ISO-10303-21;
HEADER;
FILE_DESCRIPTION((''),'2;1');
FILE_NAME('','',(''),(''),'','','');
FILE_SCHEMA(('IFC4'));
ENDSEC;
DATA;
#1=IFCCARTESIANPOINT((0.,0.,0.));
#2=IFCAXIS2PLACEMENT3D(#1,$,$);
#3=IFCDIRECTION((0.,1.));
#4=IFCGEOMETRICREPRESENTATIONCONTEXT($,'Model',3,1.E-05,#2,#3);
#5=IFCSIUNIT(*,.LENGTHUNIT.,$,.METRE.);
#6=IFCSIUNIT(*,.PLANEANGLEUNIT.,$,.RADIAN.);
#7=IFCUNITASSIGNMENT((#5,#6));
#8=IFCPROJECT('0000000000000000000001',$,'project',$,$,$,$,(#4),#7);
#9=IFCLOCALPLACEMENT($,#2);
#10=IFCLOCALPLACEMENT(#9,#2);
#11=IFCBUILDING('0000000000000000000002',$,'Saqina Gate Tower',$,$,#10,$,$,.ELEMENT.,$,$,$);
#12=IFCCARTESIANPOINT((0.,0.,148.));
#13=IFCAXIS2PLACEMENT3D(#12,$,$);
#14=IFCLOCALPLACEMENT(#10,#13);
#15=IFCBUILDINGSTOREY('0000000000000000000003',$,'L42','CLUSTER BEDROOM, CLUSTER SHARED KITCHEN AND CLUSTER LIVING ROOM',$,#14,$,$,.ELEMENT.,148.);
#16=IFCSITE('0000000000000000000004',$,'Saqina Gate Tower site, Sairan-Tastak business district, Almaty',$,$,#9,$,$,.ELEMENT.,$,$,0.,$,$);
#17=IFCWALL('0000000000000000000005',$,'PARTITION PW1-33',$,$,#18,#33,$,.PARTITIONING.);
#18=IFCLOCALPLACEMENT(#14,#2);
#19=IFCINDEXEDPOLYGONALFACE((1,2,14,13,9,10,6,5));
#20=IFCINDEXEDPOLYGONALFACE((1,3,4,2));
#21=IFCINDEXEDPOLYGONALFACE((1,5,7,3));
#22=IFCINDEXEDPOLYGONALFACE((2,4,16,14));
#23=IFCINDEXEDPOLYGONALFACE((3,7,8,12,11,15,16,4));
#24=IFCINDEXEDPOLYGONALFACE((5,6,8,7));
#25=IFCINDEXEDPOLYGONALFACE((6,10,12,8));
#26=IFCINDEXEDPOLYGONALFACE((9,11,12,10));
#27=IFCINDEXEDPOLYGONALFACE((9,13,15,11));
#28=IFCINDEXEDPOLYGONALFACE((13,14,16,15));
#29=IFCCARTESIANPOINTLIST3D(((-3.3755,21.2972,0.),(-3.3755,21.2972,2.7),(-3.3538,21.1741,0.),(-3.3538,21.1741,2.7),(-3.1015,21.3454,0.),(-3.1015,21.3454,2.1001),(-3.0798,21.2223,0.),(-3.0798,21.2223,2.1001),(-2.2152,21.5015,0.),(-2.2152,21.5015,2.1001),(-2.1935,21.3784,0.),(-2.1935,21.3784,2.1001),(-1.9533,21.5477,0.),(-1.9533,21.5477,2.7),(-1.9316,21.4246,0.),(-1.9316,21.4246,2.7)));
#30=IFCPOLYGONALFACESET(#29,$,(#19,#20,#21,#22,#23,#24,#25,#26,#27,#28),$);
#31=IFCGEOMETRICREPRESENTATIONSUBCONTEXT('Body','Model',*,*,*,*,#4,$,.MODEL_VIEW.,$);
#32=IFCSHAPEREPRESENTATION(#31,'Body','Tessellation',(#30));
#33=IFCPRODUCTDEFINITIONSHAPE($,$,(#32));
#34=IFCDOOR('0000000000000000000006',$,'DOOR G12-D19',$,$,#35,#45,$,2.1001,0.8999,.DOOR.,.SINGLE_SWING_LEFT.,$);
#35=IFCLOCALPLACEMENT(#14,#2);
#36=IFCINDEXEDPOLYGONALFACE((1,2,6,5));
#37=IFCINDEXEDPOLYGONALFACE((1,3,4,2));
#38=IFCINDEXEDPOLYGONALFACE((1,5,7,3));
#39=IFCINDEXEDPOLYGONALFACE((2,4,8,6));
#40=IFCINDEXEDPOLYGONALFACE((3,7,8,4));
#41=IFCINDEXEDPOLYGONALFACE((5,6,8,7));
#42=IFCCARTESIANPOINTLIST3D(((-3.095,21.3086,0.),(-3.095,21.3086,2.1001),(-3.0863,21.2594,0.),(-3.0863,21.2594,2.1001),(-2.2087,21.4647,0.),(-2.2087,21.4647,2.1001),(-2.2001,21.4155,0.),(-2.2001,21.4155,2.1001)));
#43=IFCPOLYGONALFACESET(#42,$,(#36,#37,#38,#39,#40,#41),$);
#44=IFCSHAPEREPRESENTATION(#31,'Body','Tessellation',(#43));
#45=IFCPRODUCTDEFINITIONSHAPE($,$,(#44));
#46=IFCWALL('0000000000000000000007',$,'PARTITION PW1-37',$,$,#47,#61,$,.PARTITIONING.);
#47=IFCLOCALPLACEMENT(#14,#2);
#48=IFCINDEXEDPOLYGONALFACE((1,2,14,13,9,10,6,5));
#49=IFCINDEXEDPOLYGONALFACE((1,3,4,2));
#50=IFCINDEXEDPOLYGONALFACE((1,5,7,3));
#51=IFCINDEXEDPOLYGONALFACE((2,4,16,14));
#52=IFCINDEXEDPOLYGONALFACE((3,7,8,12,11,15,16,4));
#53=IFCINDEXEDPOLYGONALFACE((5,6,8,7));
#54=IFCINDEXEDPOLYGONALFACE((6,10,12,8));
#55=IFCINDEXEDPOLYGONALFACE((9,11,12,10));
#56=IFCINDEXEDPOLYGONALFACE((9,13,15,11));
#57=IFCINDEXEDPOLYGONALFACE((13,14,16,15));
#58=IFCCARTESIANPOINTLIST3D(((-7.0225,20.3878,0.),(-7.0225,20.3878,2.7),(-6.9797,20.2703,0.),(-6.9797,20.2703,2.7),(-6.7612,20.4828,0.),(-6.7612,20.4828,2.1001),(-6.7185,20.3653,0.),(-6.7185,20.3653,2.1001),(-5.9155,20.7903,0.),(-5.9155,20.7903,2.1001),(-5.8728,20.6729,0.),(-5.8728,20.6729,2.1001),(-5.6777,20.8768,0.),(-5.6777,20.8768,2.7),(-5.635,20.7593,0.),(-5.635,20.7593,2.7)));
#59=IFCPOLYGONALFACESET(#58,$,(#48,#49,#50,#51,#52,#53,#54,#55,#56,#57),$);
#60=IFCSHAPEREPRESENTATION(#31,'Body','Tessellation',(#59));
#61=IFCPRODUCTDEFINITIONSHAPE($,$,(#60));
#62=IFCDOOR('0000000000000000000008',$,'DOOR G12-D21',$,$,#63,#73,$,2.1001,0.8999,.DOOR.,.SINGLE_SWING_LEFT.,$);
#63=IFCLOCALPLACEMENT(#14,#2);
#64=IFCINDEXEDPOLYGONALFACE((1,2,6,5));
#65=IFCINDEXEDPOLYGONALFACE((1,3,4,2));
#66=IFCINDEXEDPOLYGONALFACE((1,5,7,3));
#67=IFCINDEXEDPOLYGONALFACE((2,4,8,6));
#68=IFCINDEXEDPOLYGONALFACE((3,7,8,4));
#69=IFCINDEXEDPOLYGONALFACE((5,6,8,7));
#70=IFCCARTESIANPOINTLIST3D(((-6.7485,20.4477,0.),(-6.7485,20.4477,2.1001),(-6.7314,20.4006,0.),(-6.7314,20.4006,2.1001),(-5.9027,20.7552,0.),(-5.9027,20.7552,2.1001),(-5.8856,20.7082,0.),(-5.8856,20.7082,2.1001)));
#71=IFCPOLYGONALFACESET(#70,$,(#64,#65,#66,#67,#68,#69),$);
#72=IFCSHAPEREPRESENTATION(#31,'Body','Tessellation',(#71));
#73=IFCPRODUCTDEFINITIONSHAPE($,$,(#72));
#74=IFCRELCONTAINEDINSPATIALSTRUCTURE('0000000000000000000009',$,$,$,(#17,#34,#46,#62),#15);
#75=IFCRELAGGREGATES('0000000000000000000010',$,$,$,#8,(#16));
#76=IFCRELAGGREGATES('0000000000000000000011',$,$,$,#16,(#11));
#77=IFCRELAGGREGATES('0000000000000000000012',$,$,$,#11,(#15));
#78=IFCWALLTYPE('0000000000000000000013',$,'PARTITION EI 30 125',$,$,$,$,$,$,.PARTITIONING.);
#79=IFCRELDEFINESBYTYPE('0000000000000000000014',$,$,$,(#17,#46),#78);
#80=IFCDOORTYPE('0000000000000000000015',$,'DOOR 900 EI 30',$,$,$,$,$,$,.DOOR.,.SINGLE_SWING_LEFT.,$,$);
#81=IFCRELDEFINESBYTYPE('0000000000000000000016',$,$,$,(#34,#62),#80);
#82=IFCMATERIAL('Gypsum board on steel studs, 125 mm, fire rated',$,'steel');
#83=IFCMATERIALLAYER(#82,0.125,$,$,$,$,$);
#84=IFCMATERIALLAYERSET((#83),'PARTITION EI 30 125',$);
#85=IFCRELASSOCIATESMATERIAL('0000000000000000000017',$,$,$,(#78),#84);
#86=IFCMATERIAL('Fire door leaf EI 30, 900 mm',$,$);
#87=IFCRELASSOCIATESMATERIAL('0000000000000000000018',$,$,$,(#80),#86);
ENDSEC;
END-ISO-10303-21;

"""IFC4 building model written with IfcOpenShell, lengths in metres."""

from ifc_helpers import new_model, si_unit, direction, frame, frame_2d, origin, place, context, subcontext, project, spatial, rectangle, extrude, material, layer, layer_set, type_object, element, fill, save


model = new_model("IFC4")

# Units and contexts
model_context = context("Model", 3, precision=1e-05, world=origin(), true_north=direction((0.0, 1.0)))
body_context = subcontext(model_context, "Body", "Model", "MODEL_VIEW")
ifc_project = project(units=[si_unit("LENGTHUNIT", "METRE"), si_unit("PLANEANGLEUNIT", "RADIAN")], contexts=[model_context])

# Site, building, storey
site_placement = place(None, origin())
site = spatial("IfcSite", under=ifc_project, at=site_placement, Name="Saqina Gate Tower site, Sairan-Tastak business district, Almaty", CompositionType="ELEMENT", RefElevation=0.0)
building_placement = place(site_placement, origin())
building = spatial("IfcBuilding", under=site, at=building_placement, Name="Saqina Gate Tower", CompositionType="ELEMENT")
storey_placement = place(building_placement, frame((0.0, 0.0, 148.0)))
storey = spatial("IfcBuildingStorey", under=building, at=storey_placement, Name="L42", Description="CLUSTER BEDROOM, CLUSTER SHARED KITCHEN AND CLUSTER LIVING ROOM", CompositionType="ELEMENT", Elevation=148.0)

# Shared definitions
ifc_material_1 = material(Name="Gypsum board on steel studs, 125 mm, fire rated", Category="steel")
ifc_layer_1 = layer(ifc_material_1, 0.125)
ifc_layer_set_1 = layer_set([ifc_layer_1], Name="PARTITION EI 30 125")
wall_type_1 = type_object("IfcWallType", Name="PARTITION EI 30 125", PredefinedType="PARTITIONING", material=ifc_layer_set_1)

# Walls, openings, doors
ifc_material_2 = material(Name="Fire door leaf EI 30, 900 mm")
door_type_1 = type_object("IfcDoorType", Name="DOOR 900 EI 30", OperationType="SINGLE_SWING_LEFT", PredefinedType="DOOR", material=ifc_material_2)
wall_1_placement = place(storey_placement, frame((-3.3647, 21.2356, 0.0), z_axis=(0.0, 0.0, 1.0), x_axis=(0.98484, 0.173467, 0.0)))
wall_1 = element("IfcWall", 1, at=wall_1_placement, inside=storey, type_object=wall_type_1, Name="PARTITION PW1-33", PredefinedType="PARTITIONING", context=body_context, shape_type="SweptSolid", body=[
    extrude(rectangle(XDim=1.4441, YDim=0.125, at=frame_2d((0.7222, 0.0))), origin(), (0.0, 0.0, 1.0), 2.7),
])
opening_1_placement = place(wall_1_placement, frame((0.2783, 0.0, 0.0)))
opening_1 = element("IfcOpeningElement", 2, at=opening_1_placement, cuts=wall_1, PredefinedType="OPENING", context=body_context, shape_type="SweptSolid", body=[
    extrude(rectangle(XDim=0.8999, YDim=2.1001, at=frame_2d((0.45, 1.05))), frame((0.0, 0.0745, 0.0), z_axis=(0.0, -1.0, 0.0), x_axis=(1.0, 0.0, 0.0)), (0.0, 0.0, 1.0), 0.1489),
])
door_1_placement = place(opening_1_placement, frame((0.8999, 0.0, 0.0), z_axis=(0.0, 0.0, 1.0), x_axis=(-1.0, 0.0, 0.0)))
door_1 = element("IfcDoor", 3, at=door_1_placement, inside=storey, type_object=door_type_1, Name="DOOR G12-D19", OperationType="SINGLE_SWING_LEFT", OverallHeight=2.1001, OverallWidth=0.8999, PredefinedType="DOOR", context=body_context, shape_type="SweptSolid", body=[
    extrude(rectangle(XDim=0.8999, YDim=2.1001, at=frame_2d((0.45, 1.05))), frame((0.0, 0.0249, 0.0), z_axis=(0.0, -1.0, 0.0), x_axis=(1.0, 0.0, 0.0)), (0.0, 0.0, 1.0), 0.05),
])
fill(opening_1, door_1)
wall_2_placement = place(storey_placement, frame((-7.001, 20.3291, 0.0), z_axis=(0.0, 0.0, 1.0), x_axis=(0.939788, 0.341757, 0.0)))
wall_2 = element("IfcWall", 4, at=wall_2_placement, inside=storey, type_object=wall_type_1, Name="PARTITION PW1-37", PredefinedType="PARTITIONING", context=body_context, shape_type="SweptSolid", body=[
    extrude(rectangle(XDim=1.4309, YDim=0.125, at=frame_2d((0.7153, 0.0))), origin(), (0.0, 0.0, 1.0), 2.7),
])
opening_2_placement = place(wall_2_placement, frame((0.2778, 0.0, 0.0)))
opening_2 = element("IfcOpeningElement", 5, at=opening_2_placement, cuts=wall_2, PredefinedType="OPENING", context=body_context, shape_type="SweptSolid", body=[
    extrude(rectangle(XDim=0.8999, YDim=2.1001, at=frame_2d((0.45, 1.05))), frame((0.0, 0.0745, 0.0), z_axis=(0.0, -1.0, 0.0), x_axis=(1.0, 0.0, 0.0)), (0.0, 0.0, 1.0), 0.1489),
])
door_2_placement = place(opening_2_placement, frame((0.8999, 0.0, 0.0), z_axis=(0.0, 0.0, 1.0), x_axis=(-1.0, 0.0, 0.0)))
door_2 = element("IfcDoor", 6, at=door_2_placement, inside=storey, type_object=door_type_1, Name="DOOR G12-D21", OperationType="SINGLE_SWING_LEFT", OverallHeight=2.1001, OverallWidth=0.8999, PredefinedType="DOOR", context=body_context, shape_type="SweptSolid", body=[
    extrude(rectangle(XDim=0.8999, YDim=2.1001, at=frame_2d((0.45, 1.05))), frame((0.0, 0.0249, 0.0), z_axis=(0.0, -1.0, 0.0), x_axis=(1.0, 0.0, 0.0)), (0.0, 0.0, 1.0), 0.05),
])
fill(opening_2, door_2)

save(model, "model.ifc")
